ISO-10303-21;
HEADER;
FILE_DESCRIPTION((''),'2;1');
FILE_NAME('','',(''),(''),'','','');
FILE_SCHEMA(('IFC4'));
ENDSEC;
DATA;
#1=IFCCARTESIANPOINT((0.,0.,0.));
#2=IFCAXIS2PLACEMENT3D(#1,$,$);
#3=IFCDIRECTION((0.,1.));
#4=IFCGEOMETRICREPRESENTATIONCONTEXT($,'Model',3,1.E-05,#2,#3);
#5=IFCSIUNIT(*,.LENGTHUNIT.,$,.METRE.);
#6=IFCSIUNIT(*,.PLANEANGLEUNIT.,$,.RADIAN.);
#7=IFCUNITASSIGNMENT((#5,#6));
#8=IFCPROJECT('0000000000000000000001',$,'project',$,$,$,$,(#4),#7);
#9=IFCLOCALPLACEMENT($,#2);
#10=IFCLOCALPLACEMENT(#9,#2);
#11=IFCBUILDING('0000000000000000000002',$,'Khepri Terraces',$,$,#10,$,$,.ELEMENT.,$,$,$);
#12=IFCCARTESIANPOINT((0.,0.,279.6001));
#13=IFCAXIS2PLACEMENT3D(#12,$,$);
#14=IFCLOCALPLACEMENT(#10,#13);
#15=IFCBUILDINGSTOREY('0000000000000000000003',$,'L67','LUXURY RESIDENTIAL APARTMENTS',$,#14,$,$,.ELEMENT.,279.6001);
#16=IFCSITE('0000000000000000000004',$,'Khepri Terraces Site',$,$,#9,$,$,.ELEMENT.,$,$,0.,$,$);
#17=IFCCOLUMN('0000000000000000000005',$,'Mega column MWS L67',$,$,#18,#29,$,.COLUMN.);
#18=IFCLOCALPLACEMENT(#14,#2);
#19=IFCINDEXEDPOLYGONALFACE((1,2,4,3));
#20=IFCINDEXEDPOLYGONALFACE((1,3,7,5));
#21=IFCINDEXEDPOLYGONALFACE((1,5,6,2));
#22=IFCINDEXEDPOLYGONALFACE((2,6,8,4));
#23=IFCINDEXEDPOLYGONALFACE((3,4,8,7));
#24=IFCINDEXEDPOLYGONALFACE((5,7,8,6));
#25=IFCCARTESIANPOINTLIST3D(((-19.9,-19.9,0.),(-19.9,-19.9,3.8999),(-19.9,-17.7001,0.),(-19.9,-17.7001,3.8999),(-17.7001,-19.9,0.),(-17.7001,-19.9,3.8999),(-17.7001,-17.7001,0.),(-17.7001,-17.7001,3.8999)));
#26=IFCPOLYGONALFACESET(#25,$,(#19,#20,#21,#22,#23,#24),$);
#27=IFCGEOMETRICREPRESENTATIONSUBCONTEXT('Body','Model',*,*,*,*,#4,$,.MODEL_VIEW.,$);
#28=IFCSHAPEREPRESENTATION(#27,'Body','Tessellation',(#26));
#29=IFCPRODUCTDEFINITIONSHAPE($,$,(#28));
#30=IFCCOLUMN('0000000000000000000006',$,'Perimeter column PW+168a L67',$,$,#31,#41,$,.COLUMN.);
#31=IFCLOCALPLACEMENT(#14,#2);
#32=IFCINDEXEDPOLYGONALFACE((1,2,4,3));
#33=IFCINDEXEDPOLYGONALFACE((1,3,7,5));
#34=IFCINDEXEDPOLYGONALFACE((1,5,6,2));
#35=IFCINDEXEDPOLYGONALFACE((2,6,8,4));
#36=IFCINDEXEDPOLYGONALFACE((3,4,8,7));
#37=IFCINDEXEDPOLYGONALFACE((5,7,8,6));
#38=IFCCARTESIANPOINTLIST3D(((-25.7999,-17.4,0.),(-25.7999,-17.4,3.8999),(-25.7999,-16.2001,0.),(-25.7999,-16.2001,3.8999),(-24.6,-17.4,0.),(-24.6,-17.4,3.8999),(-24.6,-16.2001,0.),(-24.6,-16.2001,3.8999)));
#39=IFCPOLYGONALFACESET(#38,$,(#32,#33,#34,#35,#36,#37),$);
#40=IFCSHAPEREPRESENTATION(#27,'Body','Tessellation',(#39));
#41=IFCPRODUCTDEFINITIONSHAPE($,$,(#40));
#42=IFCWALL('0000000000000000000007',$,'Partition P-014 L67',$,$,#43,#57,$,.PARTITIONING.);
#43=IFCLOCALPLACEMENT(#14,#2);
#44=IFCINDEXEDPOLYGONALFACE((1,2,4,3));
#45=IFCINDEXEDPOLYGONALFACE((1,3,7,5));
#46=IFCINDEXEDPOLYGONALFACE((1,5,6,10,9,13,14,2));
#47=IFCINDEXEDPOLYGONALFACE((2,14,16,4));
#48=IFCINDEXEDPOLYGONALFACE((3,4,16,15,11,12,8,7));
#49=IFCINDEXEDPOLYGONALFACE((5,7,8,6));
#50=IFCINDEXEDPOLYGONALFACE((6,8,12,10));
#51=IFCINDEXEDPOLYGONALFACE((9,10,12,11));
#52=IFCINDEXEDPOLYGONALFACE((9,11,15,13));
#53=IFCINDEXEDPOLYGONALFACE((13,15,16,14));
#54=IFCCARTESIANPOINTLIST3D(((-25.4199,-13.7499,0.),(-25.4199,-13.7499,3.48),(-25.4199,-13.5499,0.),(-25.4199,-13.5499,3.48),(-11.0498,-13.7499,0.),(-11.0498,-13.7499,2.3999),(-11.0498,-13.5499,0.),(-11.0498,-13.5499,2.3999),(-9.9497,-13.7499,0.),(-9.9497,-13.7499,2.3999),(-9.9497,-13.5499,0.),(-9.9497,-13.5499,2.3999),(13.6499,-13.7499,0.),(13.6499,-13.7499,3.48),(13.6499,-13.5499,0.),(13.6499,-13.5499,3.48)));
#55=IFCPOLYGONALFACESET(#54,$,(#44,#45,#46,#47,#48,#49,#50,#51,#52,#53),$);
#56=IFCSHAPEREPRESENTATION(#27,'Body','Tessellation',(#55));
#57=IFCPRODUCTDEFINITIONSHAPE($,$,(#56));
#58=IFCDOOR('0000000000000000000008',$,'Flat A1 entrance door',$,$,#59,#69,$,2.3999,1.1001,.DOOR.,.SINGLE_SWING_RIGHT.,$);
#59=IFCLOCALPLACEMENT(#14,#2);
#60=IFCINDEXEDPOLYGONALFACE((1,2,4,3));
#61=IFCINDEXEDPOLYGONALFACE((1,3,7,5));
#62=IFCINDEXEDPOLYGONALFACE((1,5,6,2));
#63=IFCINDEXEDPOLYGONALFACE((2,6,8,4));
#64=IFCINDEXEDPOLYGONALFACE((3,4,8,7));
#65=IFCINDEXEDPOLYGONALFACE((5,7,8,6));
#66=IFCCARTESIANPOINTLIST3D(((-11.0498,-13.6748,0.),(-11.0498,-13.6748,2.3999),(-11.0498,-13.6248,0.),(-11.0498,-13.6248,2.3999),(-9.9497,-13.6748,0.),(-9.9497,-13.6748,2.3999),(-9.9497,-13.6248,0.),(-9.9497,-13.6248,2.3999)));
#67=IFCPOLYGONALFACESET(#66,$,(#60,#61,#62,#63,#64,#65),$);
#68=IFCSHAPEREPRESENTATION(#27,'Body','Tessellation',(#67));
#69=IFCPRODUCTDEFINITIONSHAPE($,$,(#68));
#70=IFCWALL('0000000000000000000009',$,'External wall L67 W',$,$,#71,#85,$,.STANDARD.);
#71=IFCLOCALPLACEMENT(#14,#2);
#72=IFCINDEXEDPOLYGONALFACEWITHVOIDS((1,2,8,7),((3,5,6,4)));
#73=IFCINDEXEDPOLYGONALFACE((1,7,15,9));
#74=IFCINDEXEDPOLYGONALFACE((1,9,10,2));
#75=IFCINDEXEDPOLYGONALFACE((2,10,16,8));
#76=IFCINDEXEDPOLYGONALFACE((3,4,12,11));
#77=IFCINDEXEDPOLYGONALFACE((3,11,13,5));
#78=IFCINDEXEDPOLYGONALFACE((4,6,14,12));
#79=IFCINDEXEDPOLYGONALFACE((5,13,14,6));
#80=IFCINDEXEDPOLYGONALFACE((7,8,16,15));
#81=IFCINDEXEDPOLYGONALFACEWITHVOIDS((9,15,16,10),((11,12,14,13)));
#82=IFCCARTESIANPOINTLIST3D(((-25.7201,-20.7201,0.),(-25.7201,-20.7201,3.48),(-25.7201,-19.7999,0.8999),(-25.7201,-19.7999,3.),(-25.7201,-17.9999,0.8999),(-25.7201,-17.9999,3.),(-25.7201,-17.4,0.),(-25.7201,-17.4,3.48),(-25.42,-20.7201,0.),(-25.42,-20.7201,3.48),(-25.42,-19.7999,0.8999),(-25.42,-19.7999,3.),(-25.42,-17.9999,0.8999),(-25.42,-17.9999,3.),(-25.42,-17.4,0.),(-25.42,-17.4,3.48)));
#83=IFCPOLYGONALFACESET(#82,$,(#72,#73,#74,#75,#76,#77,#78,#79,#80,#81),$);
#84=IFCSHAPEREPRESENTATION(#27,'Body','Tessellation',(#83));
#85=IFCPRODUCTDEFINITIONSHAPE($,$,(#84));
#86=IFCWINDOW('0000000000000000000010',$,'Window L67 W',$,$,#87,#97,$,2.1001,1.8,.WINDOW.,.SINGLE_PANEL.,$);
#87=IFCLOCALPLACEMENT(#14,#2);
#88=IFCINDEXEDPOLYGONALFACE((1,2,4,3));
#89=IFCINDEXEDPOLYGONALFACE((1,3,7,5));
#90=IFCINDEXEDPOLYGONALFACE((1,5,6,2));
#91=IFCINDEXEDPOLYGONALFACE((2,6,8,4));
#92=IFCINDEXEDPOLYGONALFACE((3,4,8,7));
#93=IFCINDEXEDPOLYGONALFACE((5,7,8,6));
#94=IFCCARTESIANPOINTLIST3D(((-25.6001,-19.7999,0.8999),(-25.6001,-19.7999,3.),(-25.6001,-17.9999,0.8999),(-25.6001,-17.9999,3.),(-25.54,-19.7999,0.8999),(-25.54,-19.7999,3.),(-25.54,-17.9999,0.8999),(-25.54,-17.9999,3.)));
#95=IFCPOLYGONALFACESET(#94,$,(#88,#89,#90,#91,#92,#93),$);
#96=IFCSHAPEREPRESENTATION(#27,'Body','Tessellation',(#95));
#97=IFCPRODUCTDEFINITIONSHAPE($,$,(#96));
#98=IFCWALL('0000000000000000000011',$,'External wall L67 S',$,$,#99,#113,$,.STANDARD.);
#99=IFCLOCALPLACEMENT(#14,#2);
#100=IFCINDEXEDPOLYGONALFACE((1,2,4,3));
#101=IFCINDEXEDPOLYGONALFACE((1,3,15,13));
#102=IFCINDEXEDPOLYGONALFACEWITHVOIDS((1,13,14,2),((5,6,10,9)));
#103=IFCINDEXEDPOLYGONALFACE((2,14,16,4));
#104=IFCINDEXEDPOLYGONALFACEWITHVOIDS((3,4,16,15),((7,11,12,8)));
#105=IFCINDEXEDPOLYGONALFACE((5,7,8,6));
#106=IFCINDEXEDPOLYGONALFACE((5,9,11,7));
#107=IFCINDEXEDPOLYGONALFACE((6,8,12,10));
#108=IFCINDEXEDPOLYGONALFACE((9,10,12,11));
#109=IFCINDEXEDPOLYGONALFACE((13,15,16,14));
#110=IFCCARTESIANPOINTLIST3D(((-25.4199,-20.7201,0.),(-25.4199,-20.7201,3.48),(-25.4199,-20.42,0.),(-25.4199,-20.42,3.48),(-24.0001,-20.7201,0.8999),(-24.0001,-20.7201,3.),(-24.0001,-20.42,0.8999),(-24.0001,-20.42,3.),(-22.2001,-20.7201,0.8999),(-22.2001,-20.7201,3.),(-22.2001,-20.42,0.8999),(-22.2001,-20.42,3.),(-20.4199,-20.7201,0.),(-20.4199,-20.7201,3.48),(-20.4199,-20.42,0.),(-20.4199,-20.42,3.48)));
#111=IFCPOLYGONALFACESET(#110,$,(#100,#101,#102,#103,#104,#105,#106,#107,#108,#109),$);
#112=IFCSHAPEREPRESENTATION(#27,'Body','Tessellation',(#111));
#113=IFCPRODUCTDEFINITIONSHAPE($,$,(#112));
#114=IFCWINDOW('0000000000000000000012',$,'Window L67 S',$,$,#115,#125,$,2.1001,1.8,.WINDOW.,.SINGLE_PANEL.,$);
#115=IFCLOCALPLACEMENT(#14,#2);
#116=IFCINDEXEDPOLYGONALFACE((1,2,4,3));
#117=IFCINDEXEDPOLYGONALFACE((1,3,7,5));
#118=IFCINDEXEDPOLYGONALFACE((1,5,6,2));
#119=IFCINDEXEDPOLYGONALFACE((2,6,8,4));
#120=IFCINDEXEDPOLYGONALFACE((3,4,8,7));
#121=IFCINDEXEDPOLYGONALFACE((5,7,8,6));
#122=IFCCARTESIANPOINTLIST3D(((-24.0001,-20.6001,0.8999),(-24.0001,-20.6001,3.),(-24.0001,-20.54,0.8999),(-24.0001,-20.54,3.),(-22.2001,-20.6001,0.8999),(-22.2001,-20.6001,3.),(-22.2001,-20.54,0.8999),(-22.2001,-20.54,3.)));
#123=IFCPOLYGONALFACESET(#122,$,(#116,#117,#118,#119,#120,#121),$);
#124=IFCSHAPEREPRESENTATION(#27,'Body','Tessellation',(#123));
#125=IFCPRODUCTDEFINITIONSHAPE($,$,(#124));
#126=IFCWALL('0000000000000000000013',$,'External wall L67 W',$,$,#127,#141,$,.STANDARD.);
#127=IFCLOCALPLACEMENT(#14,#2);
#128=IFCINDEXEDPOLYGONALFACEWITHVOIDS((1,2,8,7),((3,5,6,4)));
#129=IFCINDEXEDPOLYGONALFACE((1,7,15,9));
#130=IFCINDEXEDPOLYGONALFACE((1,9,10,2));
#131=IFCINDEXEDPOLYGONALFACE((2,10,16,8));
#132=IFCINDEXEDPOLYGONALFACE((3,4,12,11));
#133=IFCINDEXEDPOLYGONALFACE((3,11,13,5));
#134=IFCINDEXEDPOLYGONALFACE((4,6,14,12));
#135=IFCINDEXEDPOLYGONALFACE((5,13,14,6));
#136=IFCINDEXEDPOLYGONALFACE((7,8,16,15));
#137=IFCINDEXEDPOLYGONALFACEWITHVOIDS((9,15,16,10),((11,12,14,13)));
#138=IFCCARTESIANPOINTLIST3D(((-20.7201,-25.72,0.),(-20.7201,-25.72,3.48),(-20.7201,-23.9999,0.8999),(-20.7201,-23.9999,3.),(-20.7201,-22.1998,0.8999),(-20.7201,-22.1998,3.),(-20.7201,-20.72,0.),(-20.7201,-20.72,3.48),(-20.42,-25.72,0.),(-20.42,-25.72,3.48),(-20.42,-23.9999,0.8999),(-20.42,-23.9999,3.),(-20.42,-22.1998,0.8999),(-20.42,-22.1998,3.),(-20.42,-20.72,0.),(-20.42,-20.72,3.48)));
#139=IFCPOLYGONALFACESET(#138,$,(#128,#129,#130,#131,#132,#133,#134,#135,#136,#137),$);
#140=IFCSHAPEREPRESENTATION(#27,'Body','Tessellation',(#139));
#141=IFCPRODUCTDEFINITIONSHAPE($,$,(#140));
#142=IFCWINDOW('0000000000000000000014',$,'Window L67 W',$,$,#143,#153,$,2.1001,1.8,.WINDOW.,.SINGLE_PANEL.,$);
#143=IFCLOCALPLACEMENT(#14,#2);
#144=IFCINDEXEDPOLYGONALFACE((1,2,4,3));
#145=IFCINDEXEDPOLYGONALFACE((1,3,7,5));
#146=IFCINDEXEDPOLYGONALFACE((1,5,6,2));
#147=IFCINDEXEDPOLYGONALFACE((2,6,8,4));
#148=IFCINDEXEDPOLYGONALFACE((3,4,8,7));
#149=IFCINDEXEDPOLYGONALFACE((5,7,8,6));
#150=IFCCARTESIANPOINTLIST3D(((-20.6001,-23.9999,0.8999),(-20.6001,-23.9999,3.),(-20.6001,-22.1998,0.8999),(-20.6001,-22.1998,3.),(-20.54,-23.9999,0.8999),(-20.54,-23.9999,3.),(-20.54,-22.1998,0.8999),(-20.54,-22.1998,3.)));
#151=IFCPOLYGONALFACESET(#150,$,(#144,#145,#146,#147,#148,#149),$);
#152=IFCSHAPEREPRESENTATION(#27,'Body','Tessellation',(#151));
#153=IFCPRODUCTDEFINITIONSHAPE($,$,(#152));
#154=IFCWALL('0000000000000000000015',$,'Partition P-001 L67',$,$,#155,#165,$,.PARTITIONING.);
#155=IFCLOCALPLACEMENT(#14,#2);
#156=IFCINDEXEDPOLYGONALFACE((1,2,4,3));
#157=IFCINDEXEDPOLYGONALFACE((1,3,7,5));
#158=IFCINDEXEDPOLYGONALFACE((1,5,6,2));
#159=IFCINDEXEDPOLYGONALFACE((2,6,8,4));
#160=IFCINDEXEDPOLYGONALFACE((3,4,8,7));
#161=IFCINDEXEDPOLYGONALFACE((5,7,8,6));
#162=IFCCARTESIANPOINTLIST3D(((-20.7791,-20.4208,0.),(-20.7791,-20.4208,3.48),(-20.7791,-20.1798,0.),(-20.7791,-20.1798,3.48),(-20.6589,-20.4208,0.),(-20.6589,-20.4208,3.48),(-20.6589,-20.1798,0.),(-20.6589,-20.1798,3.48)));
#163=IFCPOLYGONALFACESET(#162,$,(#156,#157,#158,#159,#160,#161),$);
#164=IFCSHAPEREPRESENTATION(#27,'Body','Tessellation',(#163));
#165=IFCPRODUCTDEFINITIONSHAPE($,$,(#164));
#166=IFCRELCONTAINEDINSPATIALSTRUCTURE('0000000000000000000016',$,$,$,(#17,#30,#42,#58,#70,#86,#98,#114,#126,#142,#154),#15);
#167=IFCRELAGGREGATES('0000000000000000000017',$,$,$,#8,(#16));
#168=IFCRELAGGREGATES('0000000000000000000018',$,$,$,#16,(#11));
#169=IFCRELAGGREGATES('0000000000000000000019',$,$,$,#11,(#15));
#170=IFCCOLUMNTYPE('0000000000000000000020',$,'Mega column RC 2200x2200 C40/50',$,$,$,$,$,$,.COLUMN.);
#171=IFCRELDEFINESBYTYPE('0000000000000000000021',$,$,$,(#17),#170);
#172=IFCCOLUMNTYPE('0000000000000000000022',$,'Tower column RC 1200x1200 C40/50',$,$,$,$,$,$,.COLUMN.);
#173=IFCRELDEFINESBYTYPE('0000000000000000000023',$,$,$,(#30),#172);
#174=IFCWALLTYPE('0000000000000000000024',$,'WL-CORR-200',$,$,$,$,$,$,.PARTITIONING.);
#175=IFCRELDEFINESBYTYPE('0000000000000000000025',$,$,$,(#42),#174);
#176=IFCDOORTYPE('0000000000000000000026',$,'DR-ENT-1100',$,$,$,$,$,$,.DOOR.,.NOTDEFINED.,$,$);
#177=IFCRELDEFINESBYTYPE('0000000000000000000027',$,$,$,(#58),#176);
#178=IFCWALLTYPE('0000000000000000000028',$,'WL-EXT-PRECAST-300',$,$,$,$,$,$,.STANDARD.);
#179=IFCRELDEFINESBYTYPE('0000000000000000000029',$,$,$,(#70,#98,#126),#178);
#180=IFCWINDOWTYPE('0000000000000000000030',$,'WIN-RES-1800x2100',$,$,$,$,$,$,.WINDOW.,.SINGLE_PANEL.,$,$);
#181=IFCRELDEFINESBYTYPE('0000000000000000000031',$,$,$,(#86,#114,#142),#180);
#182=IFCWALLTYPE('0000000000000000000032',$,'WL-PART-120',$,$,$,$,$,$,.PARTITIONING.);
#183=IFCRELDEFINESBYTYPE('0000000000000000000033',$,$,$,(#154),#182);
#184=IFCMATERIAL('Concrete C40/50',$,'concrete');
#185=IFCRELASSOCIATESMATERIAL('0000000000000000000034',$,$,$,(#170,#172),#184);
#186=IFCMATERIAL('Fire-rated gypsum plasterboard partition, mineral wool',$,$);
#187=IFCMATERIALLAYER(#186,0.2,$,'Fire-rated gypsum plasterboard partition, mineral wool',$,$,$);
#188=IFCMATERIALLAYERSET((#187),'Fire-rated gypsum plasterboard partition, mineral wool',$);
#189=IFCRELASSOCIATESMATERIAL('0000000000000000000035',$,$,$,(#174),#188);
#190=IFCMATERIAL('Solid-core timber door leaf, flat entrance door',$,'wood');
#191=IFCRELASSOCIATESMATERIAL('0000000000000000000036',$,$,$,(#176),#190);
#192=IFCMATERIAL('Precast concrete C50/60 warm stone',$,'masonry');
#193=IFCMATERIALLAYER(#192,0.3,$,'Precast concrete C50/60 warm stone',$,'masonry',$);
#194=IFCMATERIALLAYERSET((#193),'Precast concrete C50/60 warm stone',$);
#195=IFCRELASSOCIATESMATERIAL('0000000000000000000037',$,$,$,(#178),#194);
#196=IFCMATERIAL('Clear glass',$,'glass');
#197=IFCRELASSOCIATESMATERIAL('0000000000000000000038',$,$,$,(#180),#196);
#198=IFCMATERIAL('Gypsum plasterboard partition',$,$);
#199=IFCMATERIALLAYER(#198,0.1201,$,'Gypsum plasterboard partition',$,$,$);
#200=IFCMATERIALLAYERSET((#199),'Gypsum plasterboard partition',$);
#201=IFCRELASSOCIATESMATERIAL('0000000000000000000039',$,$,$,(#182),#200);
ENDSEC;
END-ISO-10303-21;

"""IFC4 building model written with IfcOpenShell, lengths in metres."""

from ifc_helpers import new_model, si_unit, direction, frame, frame_2d, origin, origin_2d, place, context, subcontext, project, spatial, rectangle, extrude, material, layer, layer_set, material_profile, profile_set, type_object, element, fill, save


model = new_model("IFC4")

# Units and contexts
model_context = context("Model", 3, precision=1e-05, world=origin(), true_north=direction((0.0, 1.0)))
body_context = subcontext(model_context, "Body", "Model", "MODEL_VIEW")
ifc_project = project(units=[si_unit("LENGTHUNIT", "METRE"), si_unit("PLANEANGLEUNIT", "RADIAN")], contexts=[model_context])

# Site, building, storey
site_placement = place(None, origin())
site = spatial("IfcSite", under=ifc_project, at=site_placement, Name="Khepri Terraces Site", CompositionType="ELEMENT", RefElevation=0.0)
building_placement = place(site_placement, origin())
building = spatial("IfcBuilding", under=site, at=building_placement, Name="Khepri Terraces", CompositionType="ELEMENT")
storey_placement = place(building_placement, frame((0.0, 0.0, 279.6001)))
storey = spatial("IfcBuildingStorey", under=building, at=storey_placement, Name="L67", Description="LUXURY RESIDENTIAL APARTMENTS", CompositionType="ELEMENT", Elevation=279.6001)

# Columns
ifc_material_1 = material(Name="Concrete C40/50", Category="concrete")
ifc_material_profile_1 = material_profile(ifc_material_1, rectangle(XDim=2.2, YDim=2.2, at=origin_2d()), Name="Concrete C40/50", Category="concrete")
ifc_profile_set_1 = profile_set([ifc_material_profile_1], Name="Concrete C40/50")
column_type_1 = type_object("IfcColumnType", Name="Mega column RC 2200x2200 C40/50", PredefinedType="COLUMN", material=ifc_profile_set_1)
column_1_placement = place(storey_placement, frame((-18.8, -18.8, 0.0), z_axis=(0.0, 0.0, 1.0), x_axis=(1.0, 0.0, 0.0)))
element("IfcColumn", 1, at=column_1_placement, inside=storey, type_object=column_type_1, Name="Mega column MWS L67", PredefinedType="COLUMN", context=body_context, shape_type="SweptSolid", body=[
    extrude(rectangle(XDim=2.2, YDim=2.2, at=origin_2d()), origin(), (0.0, 0.0, 1.0), 3.8999),
])
ifc_material_profile_2 = material_profile(ifc_material_1, rectangle(XDim=1.2, YDim=1.2, at=origin_2d()), Name="Concrete C40/50", Category="concrete")
ifc_profile_set_2 = profile_set([ifc_material_profile_2], Name="Concrete C40/50")
column_type_2 = type_object("IfcColumnType", Name="Tower column RC 1200x1200 C40/50", PredefinedType="COLUMN", material=ifc_profile_set_2)
column_2_placement = place(storey_placement, frame((-25.2, -16.8, 0.0), z_axis=(0.0, 0.0, 1.0), x_axis=(1.0, 0.0, 0.0)))
element("IfcColumn", 2, at=column_2_placement, inside=storey, type_object=column_type_2, Name="Perimeter column PW+168a L67", PredefinedType="COLUMN", context=body_context, shape_type="SweptSolid", body=[
    extrude(rectangle(XDim=1.2, YDim=1.2, at=origin_2d()), origin(), (0.0, 0.0, 1.0), 3.8999),
])

# Wall, opening, door
ifc_material_2 = material(Name="Fire-rated gypsum plasterboard partition, mineral wool")
ifc_layer_1 = layer(ifc_material_2, 0.2, Name="Fire-rated gypsum plasterboard partition, mineral wool")
ifc_layer_set_1 = layer_set([ifc_layer_1], Name="Fire-rated gypsum plasterboard partition, mineral wool")
wall_type_1 = type_object("IfcWallType", Name="WL-CORR-200", PredefinedType="PARTITIONING", material=ifc_layer_set_1)
wall_1_placement = place(storey_placement, frame((-25.4199, -13.6499, 0.0), z_axis=(0.0, 0.0, 1.0), x_axis=(1.0, 0.0, 0.0)))
wall_1 = element("IfcWall", 3, at=wall_1_placement, inside=storey, type_object=wall_type_1, Name="Partition P-014 L67", PredefinedType="PARTITIONING", context=body_context, shape_type="SweptSolid", body=[
    extrude(rectangle(XDim=39.0698, YDim=0.2, at=frame_2d((19.5349, 0.0))), origin(), (0.0, 0.0, 1.0), 3.48),
])
opening_1_placement = place(wall_1_placement, frame((14.3701, 0.0, 0.0)))
opening_1 = element("IfcOpeningElement", 4, at=opening_1_placement, cuts=wall_1, PredefinedType="OPENING", context=body_context, shape_type="SweptSolid", body=[
    extrude(rectangle(XDim=1.1001, YDim=2.3999, at=frame_2d((0.55, 1.2))), frame((0.0, 0.1099, 0.0), z_axis=(0.0, -1.0, 0.0), x_axis=(1.0, 0.0, 0.0)), (0.0, 0.0, 1.0), 0.22),
])
ifc_material_3 = material(Name="Solid-core timber door leaf, flat entrance door", Category="wood")
door_type_1 = type_object("IfcDoorType", Name="DR-ENT-1100", OperationType="NOTDEFINED", PredefinedType="DOOR", material=ifc_material_3)
door_1_placement = place(opening_1_placement, frame((1.1001, 0.0, 0.0), z_axis=(0.0, 0.0, 1.0), x_axis=(-1.0, 0.0, 0.0)))
door_1 = element("IfcDoor", 5, at=door_1_placement, inside=storey, type_object=door_type_1, Name="Flat A1 entrance door", OperationType="SINGLE_SWING_RIGHT", OverallHeight=2.3999, OverallWidth=1.1001, PredefinedType="DOOR", context=body_context, shape_type="SweptSolid", body=[
    extrude(rectangle(XDim=1.1001, YDim=2.3999, at=frame_2d((0.55, 1.2))), frame((0.0, 0.0249, 0.0), z_axis=(0.0, -1.0, 0.0), x_axis=(1.0, 0.0, 0.0)), (0.0, 0.0, 1.0), 0.05),
])
fill(opening_1, door_1)

# Walls, openings, windows
ifc_material_4 = material(Name="Precast concrete C50/60 warm stone", Category="masonry")
ifc_layer_2 = layer(ifc_material_4, 0.3, Name="Precast concrete C50/60 warm stone", Category="masonry")
ifc_layer_set_2 = layer_set([ifc_layer_2], Name="Precast concrete C50/60 warm stone")
wall_type_2 = type_object("IfcWallType", Name="WL-EXT-PRECAST-300", PredefinedType="STANDARD", material=ifc_layer_set_2)
wall_2_placement = place(storey_placement, frame((-25.5701, -17.3999, 0.0), z_axis=(0.0, 0.0, 1.0), x_axis=(0.0, -1.0, 0.0)))
wall_2 = element("IfcWall", 6, at=wall_2_placement, inside=storey, type_object=wall_type_2, Name="External wall L67 W", PredefinedType="STANDARD", context=body_context, shape_type="SweptSolid", body=[
    extrude(rectangle(XDim=3.3201, YDim=0.3, at=frame_2d((1.6602, 0.0))), origin(), (0.0, 0.0, 1.0), 3.48),
])
opening_2_placement = place(wall_2_placement, frame((0.6001, 0.0, 0.8999)))
opening_2 = element("IfcOpeningElement", 7, at=opening_2_placement, cuts=wall_2, PredefinedType="OPENING", context=body_context, shape_type="SweptSolid", body=[
    extrude(rectangle(XDim=1.8, YDim=2.1001, at=frame_2d((0.8999, 1.05))), frame((0.0, 0.1602, 0.0), z_axis=(0.0, -1.0, 0.0), x_axis=(1.0, 0.0, 0.0)), (0.0, 0.0, 1.0), 0.3201),
])
ifc_material_5 = material(Name="Clear glass", Category="glass")
window_type = type_object("IfcWindowType", Name="WIN-RES-1800x2100", PartitioningType="SINGLE_PANEL", PredefinedType="WINDOW", material=ifc_material_5)
window_1_placement = place(opening_2_placement, origin())
window_1 = element("IfcWindow", 8, at=window_1_placement, inside=storey, type_object=window_type, Name="Window L67 W", OverallHeight=2.1001, OverallWidth=1.8, PartitioningType="SINGLE_PANEL", PredefinedType="WINDOW", context=body_context, shape_type="SweptSolid", body=[
    extrude(rectangle(XDim=1.8, YDim=2.1001, at=frame_2d((0.8999, 1.05))), frame((0.0, 0.03, 0.0), z_axis=(0.0, -1.0, 0.0), x_axis=(1.0, 0.0, 0.0)), (0.0, 0.0, 1.0), 0.0601),
])
fill(opening_2, window_1)
wall_3_placement = place(storey_placement, frame((-25.4199, -20.5701, 0.0), z_axis=(0.0, 0.0, 1.0), x_axis=(1.0, 0.0, 0.0)))
wall_3 = element("IfcWall", 9, at=wall_3_placement, inside=storey, type_object=wall_type_2, Name="External wall L67 S", PredefinedType="STANDARD", context=body_context, shape_type="SweptSolid", body=[
    extrude(rectangle(XDim=5.0, YDim=0.3, at=frame_2d((2.5, 0.0))), origin(), (0.0, 0.0, 1.0), 3.48),
])
opening_3_placement = place(wall_3_placement, frame((1.4199, 0.0, 0.8999)))
opening_3 = element("IfcOpeningElement", 10, at=opening_3_placement, cuts=wall_3, PredefinedType="OPENING", context=body_context, shape_type="SweptSolid", body=[
    extrude(rectangle(XDim=1.8, YDim=2.1001, at=frame_2d((0.8999, 1.05))), frame((0.0, 0.1602, 0.0), z_axis=(0.0, -1.0, 0.0), x_axis=(1.0, 0.0, 0.0)), (0.0, 0.0, 1.0), 0.3201),
])
window_2_placement = place(opening_3_placement, origin())
window_2 = element("IfcWindow", 11, at=window_2_placement, inside=storey, type_object=window_type, Name="Window L67 S", OverallHeight=2.1001, OverallWidth=1.8, PartitioningType="SINGLE_PANEL", PredefinedType="WINDOW", context=body_context, shape_type="SweptSolid", body=[
    extrude(rectangle(XDim=1.8, YDim=2.1001, at=frame_2d((0.8999, 1.05))), frame((0.0, 0.03, 0.0), z_axis=(0.0, -1.0, 0.0), x_axis=(1.0, 0.0, 0.0)), (0.0, 0.0, 1.0), 0.0601),
])
fill(opening_3, window_2)
wall_4_placement = place(storey_placement, frame((-20.5701, -20.72, 0.0), z_axis=(0.0, 0.0, 1.0), x_axis=(0.0, -1.0, 0.0)))
wall_4 = element("IfcWall", 12, at=wall_4_placement, inside=storey, type_object=wall_type_2, Name="External wall L67 W", PredefinedType="STANDARD", context=body_context, shape_type="SweptSolid", body=[
    extrude(rectangle(XDim=5.0, YDim=0.3, at=frame_2d((2.5, 0.0))), origin(), (0.0, 0.0, 1.0), 3.48),
])
opening_4_placement = place(wall_4_placement, frame((1.48, 0.0, 0.8999)))
opening_4 = element("IfcOpeningElement", 13, at=opening_4_placement, cuts=wall_4, PredefinedType="OPENING", context=body_context, shape_type="SweptSolid", body=[
    extrude(rectangle(XDim=1.8, YDim=2.1001, at=frame_2d((0.8999, 1.05))), frame((0.0, 0.1602, 0.0), z_axis=(0.0, -1.0, 0.0), x_axis=(1.0, 0.0, 0.0)), (0.0, 0.0, 1.0), 0.3201),
])
window_3_placement = place(opening_4_placement, origin())
window_3 = element("IfcWindow", 14, at=window_3_placement, inside=storey, type_object=window_type, Name="Window L67 W", OverallHeight=2.1001, OverallWidth=1.8, PartitioningType="SINGLE_PANEL", PredefinedType="WINDOW", context=body_context, shape_type="SweptSolid", body=[
    extrude(rectangle(XDim=1.8, YDim=2.1001, at=frame_2d((0.8999, 1.05))), frame((0.0, 0.03, 0.0), z_axis=(0.0, -1.0, 0.0), x_axis=(1.0, 0.0, 0.0)), (0.0, 0.0, 1.0), 0.0601),
])
fill(opening_4, window_3)

# Wall
ifc_material_6 = material(Name="Gypsum plasterboard partition")
ifc_layer_3 = layer(ifc_material_6, 0.1201, Name="Gypsum plasterboard partition")
ifc_layer_set_3 = layer_set([ifc_layer_3], Name="Gypsum plasterboard partition")
wall_type_3 = type_object("IfcWallType", Name="WL-PART-120", PredefinedType="PARTITIONING", material=ifc_layer_set_3)
wall_5_placement = place(storey_placement, frame((-20.719, -20.4209, 0.0), z_axis=(0.0, 0.0, 1.0), x_axis=(0.0, 1.0, 0.0)))
element("IfcWall", 15, at=wall_5_placement, inside=storey, type_object=wall_type_3, Name="Partition P-001 L67", PredefinedType="PARTITIONING", context=body_context, shape_type="SweptSolid", body=[
    extrude(rectangle(XDim=0.241, YDim=0.1201, at=frame_2d((0.1206, 0.0))), origin(), (0.0, 0.0, 1.0), 3.48),
])

save(model, "model.ifc")
